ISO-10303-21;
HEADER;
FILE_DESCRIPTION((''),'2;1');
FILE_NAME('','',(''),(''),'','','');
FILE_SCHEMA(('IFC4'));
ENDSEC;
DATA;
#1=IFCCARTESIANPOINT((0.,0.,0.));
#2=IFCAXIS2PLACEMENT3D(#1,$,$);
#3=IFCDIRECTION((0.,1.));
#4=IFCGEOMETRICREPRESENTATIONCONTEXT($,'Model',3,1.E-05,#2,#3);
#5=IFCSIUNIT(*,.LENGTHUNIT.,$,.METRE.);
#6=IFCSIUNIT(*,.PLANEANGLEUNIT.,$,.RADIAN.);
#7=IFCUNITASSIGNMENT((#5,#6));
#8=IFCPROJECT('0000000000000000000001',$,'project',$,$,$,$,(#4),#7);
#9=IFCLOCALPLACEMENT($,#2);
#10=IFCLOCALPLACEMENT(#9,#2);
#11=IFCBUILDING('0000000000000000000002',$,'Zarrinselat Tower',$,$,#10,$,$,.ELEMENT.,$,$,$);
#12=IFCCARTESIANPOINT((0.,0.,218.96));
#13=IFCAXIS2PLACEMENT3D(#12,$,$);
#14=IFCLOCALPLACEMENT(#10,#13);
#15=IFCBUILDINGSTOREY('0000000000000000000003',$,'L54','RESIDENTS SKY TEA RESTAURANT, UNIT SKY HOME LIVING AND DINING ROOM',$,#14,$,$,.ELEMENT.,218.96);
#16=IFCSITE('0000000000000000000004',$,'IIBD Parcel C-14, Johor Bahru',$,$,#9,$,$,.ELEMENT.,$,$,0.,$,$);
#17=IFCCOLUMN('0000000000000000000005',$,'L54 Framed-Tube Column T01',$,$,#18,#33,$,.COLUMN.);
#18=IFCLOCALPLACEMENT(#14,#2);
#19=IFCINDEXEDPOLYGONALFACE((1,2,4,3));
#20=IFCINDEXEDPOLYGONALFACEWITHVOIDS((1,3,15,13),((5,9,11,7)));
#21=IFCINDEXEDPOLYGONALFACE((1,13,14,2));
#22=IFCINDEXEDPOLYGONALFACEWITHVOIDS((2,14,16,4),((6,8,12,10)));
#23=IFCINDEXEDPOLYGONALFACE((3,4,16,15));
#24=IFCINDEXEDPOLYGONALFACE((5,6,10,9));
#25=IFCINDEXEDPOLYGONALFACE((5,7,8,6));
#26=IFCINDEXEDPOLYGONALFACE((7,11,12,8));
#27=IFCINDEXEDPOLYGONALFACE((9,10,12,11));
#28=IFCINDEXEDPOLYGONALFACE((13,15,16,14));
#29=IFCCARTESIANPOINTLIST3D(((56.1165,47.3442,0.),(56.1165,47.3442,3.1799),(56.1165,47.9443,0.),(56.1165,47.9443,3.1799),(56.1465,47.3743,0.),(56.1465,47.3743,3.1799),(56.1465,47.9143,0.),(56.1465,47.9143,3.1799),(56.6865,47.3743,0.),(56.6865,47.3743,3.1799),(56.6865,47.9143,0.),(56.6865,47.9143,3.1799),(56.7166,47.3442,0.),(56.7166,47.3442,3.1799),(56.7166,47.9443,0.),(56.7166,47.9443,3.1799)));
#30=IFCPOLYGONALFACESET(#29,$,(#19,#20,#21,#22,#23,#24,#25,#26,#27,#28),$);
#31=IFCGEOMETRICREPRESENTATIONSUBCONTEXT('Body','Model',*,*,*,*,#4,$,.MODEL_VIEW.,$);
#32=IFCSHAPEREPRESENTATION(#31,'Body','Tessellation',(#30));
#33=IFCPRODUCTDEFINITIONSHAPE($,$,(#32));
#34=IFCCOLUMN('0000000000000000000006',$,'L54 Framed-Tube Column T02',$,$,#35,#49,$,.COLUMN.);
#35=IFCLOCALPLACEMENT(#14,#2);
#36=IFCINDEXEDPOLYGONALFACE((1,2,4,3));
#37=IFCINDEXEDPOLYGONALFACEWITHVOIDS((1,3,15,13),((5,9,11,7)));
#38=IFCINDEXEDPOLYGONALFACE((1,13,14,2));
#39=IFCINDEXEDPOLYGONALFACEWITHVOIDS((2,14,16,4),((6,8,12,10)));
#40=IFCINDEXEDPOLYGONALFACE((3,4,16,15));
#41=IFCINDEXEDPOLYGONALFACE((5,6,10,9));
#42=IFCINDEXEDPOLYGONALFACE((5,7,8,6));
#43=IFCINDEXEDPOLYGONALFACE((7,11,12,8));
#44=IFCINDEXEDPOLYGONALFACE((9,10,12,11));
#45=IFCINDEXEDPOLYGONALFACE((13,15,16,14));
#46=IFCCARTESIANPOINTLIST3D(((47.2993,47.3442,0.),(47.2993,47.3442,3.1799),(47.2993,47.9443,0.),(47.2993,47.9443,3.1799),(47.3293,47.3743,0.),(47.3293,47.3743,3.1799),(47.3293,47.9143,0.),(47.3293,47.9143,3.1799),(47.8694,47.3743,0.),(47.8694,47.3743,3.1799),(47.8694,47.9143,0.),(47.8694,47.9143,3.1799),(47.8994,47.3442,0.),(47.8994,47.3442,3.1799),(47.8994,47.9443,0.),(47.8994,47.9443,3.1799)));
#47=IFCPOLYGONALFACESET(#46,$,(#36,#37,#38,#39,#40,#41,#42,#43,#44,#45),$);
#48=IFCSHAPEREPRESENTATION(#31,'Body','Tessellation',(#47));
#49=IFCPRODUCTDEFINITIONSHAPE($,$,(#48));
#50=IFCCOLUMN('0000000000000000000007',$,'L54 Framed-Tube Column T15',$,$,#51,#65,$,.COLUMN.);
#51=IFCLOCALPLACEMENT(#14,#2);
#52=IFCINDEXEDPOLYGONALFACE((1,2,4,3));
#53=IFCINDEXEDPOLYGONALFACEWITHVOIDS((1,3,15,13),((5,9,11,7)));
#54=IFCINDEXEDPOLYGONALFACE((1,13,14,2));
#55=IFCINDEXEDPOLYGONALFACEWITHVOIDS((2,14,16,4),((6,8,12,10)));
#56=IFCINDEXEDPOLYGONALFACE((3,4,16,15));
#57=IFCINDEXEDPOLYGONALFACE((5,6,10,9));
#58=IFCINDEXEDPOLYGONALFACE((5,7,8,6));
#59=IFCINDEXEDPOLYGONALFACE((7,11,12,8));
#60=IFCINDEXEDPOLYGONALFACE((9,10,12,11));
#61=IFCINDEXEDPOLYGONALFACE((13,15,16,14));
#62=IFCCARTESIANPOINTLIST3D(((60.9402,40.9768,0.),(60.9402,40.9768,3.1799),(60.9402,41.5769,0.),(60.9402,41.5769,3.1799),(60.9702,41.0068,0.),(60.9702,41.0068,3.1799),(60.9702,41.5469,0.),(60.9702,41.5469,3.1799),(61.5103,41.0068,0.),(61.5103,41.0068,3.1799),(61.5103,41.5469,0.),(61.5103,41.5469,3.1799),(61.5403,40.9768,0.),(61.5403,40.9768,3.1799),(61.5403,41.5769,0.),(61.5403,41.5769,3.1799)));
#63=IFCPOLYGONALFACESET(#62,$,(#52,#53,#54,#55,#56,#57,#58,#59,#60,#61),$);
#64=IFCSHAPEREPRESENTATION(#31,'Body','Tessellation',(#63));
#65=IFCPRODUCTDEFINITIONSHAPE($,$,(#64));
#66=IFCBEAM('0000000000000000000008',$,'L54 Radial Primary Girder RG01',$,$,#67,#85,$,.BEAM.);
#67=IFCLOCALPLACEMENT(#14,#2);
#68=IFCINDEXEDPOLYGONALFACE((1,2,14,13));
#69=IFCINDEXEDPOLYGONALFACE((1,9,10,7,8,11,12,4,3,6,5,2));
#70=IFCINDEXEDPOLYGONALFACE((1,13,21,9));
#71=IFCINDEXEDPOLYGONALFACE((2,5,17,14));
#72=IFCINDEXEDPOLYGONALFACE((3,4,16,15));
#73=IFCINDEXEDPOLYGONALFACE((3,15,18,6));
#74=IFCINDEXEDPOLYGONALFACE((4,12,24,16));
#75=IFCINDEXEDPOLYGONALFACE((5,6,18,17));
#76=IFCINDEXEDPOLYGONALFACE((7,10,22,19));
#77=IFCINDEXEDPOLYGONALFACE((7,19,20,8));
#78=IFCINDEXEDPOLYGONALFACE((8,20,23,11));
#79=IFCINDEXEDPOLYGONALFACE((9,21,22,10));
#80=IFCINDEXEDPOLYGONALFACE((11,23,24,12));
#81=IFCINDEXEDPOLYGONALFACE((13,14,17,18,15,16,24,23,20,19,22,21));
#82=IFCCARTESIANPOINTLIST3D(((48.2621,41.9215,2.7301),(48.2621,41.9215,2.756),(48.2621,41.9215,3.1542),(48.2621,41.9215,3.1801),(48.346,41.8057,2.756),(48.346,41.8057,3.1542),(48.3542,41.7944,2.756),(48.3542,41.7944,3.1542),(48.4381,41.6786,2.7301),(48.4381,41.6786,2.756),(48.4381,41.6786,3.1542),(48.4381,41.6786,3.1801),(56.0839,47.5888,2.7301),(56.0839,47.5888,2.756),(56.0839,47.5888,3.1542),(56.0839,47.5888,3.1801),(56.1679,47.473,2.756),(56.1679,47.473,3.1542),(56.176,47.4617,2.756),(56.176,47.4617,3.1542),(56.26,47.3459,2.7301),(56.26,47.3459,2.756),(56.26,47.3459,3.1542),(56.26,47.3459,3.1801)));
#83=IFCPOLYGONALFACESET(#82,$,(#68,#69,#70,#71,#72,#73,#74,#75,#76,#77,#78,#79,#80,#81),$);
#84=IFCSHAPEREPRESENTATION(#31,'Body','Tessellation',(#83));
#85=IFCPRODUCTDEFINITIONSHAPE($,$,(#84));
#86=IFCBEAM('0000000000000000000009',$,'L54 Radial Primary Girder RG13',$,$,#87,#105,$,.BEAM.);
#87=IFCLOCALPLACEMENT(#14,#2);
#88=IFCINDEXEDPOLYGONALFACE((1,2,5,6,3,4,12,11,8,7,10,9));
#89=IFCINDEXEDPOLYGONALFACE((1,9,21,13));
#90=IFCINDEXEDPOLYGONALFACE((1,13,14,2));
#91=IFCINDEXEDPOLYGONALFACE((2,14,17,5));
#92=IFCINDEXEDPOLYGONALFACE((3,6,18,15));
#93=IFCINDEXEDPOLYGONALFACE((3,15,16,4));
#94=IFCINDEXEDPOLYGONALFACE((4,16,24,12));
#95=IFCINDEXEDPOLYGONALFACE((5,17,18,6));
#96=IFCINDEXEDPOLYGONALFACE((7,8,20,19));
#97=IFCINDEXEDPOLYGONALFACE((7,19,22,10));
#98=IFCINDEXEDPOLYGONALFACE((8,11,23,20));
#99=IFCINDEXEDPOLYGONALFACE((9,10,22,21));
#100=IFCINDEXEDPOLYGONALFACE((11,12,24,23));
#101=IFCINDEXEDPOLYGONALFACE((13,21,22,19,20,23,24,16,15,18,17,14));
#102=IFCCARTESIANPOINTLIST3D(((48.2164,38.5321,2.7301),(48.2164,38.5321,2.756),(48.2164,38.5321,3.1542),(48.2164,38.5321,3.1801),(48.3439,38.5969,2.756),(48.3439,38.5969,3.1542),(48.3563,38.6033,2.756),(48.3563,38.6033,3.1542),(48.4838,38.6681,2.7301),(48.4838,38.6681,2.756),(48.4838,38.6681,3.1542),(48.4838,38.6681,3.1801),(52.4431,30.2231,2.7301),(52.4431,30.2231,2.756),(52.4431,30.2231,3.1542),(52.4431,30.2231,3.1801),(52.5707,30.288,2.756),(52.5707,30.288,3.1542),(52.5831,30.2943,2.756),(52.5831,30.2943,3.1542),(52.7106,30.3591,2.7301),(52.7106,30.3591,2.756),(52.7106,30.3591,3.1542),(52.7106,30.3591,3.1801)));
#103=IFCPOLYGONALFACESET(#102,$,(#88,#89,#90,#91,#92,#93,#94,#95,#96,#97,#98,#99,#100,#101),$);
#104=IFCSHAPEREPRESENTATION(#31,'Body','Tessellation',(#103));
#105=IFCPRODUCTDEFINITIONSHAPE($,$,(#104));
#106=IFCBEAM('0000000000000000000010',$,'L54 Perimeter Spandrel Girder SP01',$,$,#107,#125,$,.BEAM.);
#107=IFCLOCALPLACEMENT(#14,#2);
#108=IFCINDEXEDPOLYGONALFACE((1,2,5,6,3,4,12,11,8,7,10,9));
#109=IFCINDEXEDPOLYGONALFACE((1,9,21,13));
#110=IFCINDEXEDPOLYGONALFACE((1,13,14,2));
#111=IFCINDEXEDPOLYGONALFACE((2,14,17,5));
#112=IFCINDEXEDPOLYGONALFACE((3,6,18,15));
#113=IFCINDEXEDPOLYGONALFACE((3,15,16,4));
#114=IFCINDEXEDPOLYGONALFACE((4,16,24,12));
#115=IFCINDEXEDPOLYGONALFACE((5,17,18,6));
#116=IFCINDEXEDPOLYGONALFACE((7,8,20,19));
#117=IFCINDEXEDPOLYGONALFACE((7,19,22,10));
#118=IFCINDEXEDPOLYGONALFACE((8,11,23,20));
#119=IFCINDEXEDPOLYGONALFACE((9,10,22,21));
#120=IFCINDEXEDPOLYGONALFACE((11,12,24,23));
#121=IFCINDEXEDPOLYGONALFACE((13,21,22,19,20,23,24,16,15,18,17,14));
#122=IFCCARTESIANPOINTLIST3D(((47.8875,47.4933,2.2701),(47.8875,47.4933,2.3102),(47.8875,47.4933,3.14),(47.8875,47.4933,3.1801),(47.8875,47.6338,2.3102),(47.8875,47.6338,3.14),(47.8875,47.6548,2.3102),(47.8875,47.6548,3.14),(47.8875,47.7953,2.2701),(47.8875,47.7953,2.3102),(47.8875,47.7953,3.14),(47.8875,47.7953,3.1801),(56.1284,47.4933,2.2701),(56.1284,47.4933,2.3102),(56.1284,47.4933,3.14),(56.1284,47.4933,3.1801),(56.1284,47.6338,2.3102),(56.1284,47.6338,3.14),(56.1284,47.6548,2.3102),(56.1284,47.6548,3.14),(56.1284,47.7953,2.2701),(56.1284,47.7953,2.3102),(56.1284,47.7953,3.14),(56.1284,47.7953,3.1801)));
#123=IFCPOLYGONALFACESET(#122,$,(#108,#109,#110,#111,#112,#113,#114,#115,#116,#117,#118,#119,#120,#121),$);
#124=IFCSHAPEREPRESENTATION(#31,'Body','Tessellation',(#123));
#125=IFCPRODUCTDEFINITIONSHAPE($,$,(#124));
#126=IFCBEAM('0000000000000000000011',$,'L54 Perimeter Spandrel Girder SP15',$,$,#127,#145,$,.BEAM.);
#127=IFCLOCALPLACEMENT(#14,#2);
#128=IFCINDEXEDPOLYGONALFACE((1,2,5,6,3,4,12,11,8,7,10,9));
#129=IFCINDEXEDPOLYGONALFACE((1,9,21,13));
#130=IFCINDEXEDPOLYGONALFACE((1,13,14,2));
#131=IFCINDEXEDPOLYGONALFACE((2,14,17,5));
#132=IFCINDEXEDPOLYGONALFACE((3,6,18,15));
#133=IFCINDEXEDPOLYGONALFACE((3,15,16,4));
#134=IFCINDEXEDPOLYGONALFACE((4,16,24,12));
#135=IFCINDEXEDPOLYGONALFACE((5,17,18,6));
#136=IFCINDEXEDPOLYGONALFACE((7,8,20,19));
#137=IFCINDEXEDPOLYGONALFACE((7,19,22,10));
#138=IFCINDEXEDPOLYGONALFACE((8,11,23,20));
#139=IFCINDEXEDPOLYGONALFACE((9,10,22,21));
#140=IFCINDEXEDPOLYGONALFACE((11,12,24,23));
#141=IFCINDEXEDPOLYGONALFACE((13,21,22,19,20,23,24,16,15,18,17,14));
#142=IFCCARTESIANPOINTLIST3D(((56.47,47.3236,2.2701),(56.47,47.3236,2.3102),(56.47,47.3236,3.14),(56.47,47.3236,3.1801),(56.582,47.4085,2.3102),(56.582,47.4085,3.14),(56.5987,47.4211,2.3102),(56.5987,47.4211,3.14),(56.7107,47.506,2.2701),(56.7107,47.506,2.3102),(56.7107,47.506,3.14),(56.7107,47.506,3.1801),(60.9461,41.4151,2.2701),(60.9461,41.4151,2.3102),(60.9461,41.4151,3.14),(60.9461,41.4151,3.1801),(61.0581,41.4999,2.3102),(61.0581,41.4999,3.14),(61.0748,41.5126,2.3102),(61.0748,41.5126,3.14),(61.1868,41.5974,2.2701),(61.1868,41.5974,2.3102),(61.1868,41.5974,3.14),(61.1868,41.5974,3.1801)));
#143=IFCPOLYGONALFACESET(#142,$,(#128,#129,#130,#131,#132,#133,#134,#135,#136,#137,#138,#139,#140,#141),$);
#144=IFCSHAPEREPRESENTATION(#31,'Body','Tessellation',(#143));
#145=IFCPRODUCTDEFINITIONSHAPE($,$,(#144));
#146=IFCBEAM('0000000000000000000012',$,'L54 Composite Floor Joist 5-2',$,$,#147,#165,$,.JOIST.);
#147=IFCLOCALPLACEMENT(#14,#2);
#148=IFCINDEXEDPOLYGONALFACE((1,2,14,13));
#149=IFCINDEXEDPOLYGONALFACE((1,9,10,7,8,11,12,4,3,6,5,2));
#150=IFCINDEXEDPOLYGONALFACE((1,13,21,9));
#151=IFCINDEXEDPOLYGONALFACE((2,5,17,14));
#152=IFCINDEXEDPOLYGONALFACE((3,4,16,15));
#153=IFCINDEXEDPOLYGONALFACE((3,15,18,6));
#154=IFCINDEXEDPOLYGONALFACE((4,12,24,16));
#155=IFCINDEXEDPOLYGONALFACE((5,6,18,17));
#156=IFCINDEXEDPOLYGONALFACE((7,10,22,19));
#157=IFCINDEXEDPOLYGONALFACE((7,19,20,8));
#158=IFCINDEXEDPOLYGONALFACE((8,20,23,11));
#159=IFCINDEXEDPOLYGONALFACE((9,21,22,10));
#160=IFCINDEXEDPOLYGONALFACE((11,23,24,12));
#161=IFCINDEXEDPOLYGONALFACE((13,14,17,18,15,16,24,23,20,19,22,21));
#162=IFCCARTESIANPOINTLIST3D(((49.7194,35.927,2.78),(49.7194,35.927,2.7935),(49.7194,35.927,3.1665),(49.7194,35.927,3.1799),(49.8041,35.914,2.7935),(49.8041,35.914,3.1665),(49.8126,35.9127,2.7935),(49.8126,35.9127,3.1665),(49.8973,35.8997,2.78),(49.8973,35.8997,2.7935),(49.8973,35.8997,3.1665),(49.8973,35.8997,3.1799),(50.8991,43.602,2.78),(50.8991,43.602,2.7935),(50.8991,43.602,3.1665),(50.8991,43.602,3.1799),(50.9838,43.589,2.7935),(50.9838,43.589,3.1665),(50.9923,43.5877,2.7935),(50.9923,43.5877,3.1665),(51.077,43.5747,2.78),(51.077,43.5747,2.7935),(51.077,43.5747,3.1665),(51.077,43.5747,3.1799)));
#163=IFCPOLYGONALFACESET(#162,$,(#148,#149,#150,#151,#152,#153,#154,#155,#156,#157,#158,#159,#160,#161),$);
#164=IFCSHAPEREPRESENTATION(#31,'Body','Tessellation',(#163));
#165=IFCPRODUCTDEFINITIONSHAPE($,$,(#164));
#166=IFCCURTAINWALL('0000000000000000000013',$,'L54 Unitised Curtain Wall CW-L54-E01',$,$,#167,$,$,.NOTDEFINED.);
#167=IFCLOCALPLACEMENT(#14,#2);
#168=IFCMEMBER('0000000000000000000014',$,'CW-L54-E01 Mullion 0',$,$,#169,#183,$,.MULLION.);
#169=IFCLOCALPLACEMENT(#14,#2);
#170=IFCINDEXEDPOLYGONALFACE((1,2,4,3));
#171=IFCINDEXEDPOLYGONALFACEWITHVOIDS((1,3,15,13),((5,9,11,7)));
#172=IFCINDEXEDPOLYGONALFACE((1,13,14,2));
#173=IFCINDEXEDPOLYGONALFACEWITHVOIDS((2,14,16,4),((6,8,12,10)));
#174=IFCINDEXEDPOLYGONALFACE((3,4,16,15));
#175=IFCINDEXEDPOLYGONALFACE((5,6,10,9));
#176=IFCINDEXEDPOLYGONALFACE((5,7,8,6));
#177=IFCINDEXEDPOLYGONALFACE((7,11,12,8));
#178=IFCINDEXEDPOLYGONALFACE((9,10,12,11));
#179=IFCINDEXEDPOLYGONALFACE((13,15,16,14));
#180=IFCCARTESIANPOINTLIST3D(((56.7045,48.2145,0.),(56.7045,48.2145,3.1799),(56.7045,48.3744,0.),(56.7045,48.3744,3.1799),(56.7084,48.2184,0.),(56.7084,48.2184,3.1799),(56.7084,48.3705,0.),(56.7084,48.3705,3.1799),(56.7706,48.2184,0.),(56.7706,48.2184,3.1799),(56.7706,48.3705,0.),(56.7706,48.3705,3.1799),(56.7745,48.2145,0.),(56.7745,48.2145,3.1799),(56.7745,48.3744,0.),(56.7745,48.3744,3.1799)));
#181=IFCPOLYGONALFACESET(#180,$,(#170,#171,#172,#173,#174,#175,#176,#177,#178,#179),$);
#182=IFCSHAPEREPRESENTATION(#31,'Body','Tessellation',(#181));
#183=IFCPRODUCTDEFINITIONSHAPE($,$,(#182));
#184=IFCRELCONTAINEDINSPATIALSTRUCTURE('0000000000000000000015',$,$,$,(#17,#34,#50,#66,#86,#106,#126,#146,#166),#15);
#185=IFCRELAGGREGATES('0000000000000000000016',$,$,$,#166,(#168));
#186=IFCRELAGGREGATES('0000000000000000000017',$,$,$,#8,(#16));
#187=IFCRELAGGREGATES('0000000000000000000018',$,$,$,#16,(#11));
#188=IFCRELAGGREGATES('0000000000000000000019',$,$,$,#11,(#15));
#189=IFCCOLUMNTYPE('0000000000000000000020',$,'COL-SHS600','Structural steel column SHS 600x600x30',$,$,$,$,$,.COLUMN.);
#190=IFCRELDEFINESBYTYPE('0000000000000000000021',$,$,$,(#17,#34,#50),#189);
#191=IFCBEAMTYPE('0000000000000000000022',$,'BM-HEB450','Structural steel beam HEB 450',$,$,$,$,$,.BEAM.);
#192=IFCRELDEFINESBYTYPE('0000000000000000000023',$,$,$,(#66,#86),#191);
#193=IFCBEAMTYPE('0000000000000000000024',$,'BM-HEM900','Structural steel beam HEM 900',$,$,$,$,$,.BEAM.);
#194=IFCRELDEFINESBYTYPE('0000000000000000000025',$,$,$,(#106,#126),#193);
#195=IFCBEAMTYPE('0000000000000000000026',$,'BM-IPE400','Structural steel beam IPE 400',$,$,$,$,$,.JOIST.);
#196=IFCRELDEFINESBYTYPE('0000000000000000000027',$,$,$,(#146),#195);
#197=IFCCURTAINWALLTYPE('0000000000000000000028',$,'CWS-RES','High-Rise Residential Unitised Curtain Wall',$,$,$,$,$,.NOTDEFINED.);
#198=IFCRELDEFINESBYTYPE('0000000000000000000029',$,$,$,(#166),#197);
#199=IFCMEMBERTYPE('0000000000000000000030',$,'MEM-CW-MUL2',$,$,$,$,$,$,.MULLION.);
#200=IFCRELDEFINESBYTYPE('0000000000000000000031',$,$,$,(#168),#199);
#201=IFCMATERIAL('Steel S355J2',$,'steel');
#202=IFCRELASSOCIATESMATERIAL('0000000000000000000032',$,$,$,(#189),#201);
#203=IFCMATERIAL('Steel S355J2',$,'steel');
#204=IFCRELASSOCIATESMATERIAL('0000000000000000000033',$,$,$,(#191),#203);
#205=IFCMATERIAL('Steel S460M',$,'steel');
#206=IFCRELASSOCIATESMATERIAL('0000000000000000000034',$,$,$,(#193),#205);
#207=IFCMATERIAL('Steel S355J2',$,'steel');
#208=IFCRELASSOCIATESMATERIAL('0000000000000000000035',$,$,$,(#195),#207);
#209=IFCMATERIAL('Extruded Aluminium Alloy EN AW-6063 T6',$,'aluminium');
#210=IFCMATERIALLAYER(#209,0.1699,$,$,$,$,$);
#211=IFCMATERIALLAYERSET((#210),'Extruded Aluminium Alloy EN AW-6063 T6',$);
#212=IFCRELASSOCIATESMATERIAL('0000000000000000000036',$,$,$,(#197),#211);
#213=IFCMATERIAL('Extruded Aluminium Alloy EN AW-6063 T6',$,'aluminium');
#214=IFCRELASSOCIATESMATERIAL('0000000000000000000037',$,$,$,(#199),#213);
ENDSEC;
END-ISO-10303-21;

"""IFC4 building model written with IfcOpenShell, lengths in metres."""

from ifc_helpers import new_model, si_unit, direction, frame, origin, origin_2d, place, context, subcontext, project, spatial, hollow_rectangle, i_section, extrude, material, layer, layer_set, material_profile, profile_set, type_object, element, aggregate, save


model = new_model("IFC4")

# Units and contexts
model_context = context("Model", 3, precision=1e-05, world=origin(), true_north=direction((0.0, 1.0)))
body_context = subcontext(model_context, "Body", "Model", "MODEL_VIEW")
ifc_project = project(units=[si_unit("LENGTHUNIT", "METRE"), si_unit("PLANEANGLEUNIT", "RADIAN")], contexts=[model_context])

# Site, building, storey
site_placement = place(None, origin())
site = spatial("IfcSite", under=ifc_project, at=site_placement, Name="IIBD Parcel C-14, Johor Bahru", CompositionType="ELEMENT", RefElevation=0.0)
building_placement = place(site_placement, origin())
building = spatial("IfcBuilding", under=site, at=building_placement, Name="Zarrinselat Tower", CompositionType="ELEMENT")
storey_placement = place(building_placement, frame((0.0, 0.0, 218.96)))
storey = spatial("IfcBuildingStorey", under=building, at=storey_placement, Name="L54", Description="RESIDENTS SKY TEA RESTAURANT, UNIT SKY HOME LIVING AND DINING ROOM", CompositionType="ELEMENT", Elevation=218.96)

# Columns
ifc_material_1 = material(Name="Steel S355J2", Category="steel")
ifc_material_profile_1 = material_profile(ifc_material_1, hollow_rectangle(XDim=0.6001, YDim=0.6001, WallThickness=0.03, at=origin_2d()), Name="SHS 600x600x30")
ifc_profile_set_1 = profile_set([ifc_material_profile_1], Name="Steel S355J2")
column_type = type_object("IfcColumnType", Name="COL-SHS600", Description="Structural steel column SHS 600x600x30", PredefinedType="COLUMN", material=ifc_profile_set_1)
for number, where, z_axis, x_axis, name in (
    (1, (56.4165, 47.6443, 0.0), (0.0, 0.0, 1.0), (1.0, 0.0, 0.0), "L54 Framed-Tube Column T01"),
    (2, (47.5994, 47.6443, 0.0), (0.0, 0.0, 1.0), (1.0, 0.0, 0.0), "L54 Framed-Tube Column T02"),
    (3, (61.2402, 41.2769, 0.0), (0.0, 0.0, 1.0), (1.0, 0.0, 0.0), "L54 Framed-Tube Column T15"),
):
    element("IfcColumn", number, at=place(storey_placement, frame(where, z_axis=z_axis, x_axis=x_axis)), inside=storey, type_object=column_type, Name=name, PredefinedType="COLUMN", context=body_context, shape_type="SweptSolid", body=[
        extrude(hollow_rectangle(XDim=0.6001, YDim=0.6001, WallThickness=0.03, at=origin_2d()), origin(), (0.0, 0.0, 1.0), 3.1799),
    ])

# Beams
ifc_material_2 = material(Name="Steel S355J2", Category="steel")
ifc_material_profile_2 = material_profile(ifc_material_2, i_section(OverallWidth=0.3, OverallDepth=0.45, WebThickness=0.0139, FlangeThickness=0.0259, at=origin_2d()), Name="HEB 450")
ifc_profile_set_2 = profile_set([ifc_material_profile_2], Name="Steel S355J2")
beam_type_1 = type_object("IfcBeamType", Name="BM-HEB450", Description="Structural steel beam HEB 450", PredefinedType="BEAM", material=ifc_profile_set_2)
beam_1_placement = place(storey_placement, frame((48.3501, 41.8, 2.9551), z_axis=(0.809785, 0.586726, 0.0), x_axis=(-0.586726, 0.809785, 0.0)))
element("IfcBeam", 4, at=beam_1_placement, inside=storey, type_object=beam_type_1, Name="L54 Radial Primary Girder RG01", PredefinedType="BEAM", context=body_context, shape_type="SweptSolid", body=[
    extrude(i_section(OverallWidth=0.3, OverallDepth=0.45, WebThickness=0.0139, FlangeThickness=0.0259, at=origin_2d()), origin(), (0.0, 0.0, 1.0), 9.6592),
])
beam_2_placement = place(storey_placement, frame((48.3501, 38.6001, 2.9551), z_axis=(0.453404, -0.891305, 0.0), x_axis=(0.891305, 0.453404, 0.0)))
element("IfcBeam", 5, at=beam_2_placement, inside=storey, type_object=beam_type_1, Name="L54 Radial Primary Girder RG13", PredefinedType="BEAM", context=body_context, shape_type="SweptSolid", body=[
    extrude(i_section(OverallWidth=0.3, OverallDepth=0.45, WebThickness=0.0139, FlangeThickness=0.0259, at=origin_2d()), origin(), (0.0, 0.0, 1.0), 9.3223),
])
ifc_material_3 = material(Name="Steel S460M", Category="steel")
ifc_material_profile_3 = material_profile(ifc_material_3, i_section(OverallWidth=0.302, OverallDepth=0.9099, WebThickness=0.021, FlangeThickness=0.04, at=origin_2d()), Name="HEM 900")
ifc_profile_set_3 = profile_set([ifc_material_profile_3], Name="Steel S460M")
beam_type_2 = type_object("IfcBeamType", Name="BM-HEM900", Description="Structural steel beam HEM 900", PredefinedType="BEAM", material=ifc_profile_set_3)
beam_3_placement = place(storey_placement, frame((47.8875, 47.6443, 2.7251), z_axis=(1.0, 0.0, 0.0), x_axis=(0.0, 1.0, 0.0)))
element("IfcBeam", 6, at=beam_3_placement, inside=storey, type_object=beam_type_2, Name="L54 Perimeter Spandrel Girder SP01", PredefinedType="BEAM", context=body_context, shape_type="SweptSolid", body=[
    extrude(i_section(OverallWidth=0.302, OverallDepth=0.9099, WebThickness=0.021, FlangeThickness=0.04, at=origin_2d()), origin(), (0.0, 0.0, 1.0), 8.241),
])
beam_4_placement = place(storey_placement, frame((56.5903, 47.4148, 2.7251), z_axis=(0.603856, -0.797094, 0.0), x_axis=(0.797094, 0.603856, 0.0)))
element("IfcBeam", 7, at=beam_4_placement, inside=storey, type_object=beam_type_2, Name="L54 Perimeter Spandrel Girder SP15", PredefinedType="BEAM", context=body_context, shape_type="SweptSolid", body=[
    extrude(i_section(OverallWidth=0.302, OverallDepth=0.9099, WebThickness=0.021, FlangeThickness=0.04, at=origin_2d()), origin(), (0.0, 0.0, 1.0), 7.4126),
])
ifc_material_4 = material(Name="Steel S355J2", Category="steel")
ifc_material_profile_4 = material_profile(ifc_material_4, i_section(OverallWidth=0.1799, OverallDepth=0.3999, WebThickness=0.0085, FlangeThickness=0.0134, at=origin_2d()), Name="IPE 400")
ifc_profile_set_4 = profile_set([ifc_material_profile_4], Name="Steel S355J2")
beam_type_3 = type_object("IfcBeamType", Name="BM-IPE400", Description="Structural steel beam IPE 400", PredefinedType="JOIST", material=ifc_profile_set_4)
beam_5_placement = place(storey_placement, frame((49.8083, 35.9133, 2.98), z_axis=(0.15192, 0.988393, 0.0), x_axis=(-0.988393, 0.15192, 0.0)))
element("IfcBeam", 8, at=beam_5_placement, inside=storey, type_object=beam_type_3, Name="L54 Composite Floor Joist 5-2", PredefinedType="JOIST", context=body_context, shape_type="SweptSolid", body=[
    extrude(i_section(OverallWidth=0.1799, OverallDepth=0.3999, WebThickness=0.0085, FlangeThickness=0.0134, at=origin_2d()), origin(), (0.0, 0.0, 1.0), 7.7651),
])

# Curtain wall, member
ifc_material_5 = material(Name="Extruded Aluminium Alloy EN AW-6063 T6", Category="aluminium")
ifc_layer_1 = layer(ifc_material_5, 0.1699)
ifc_layer_set_1 = layer_set([ifc_layer_1], Name="Extruded Aluminium Alloy EN AW-6063 T6")
curtain_wall_type = type_object("IfcCurtainWallType", Name="CWS-RES", Description="High-Rise Residential Unitised Curtain Wall", PredefinedType="NOTDEFINED", material=ifc_layer_set_1)
curtain_wall_1_placement = place(storey_placement, origin())
curtain_wall_1 = element("IfcCurtainWall", 9, at=curtain_wall_1_placement, inside=storey, type_object=curtain_wall_type, Name="L54 Unitised Curtain Wall CW-L54-E01", PredefinedType="NOTDEFINED")
ifc_material_6 = material(Name="Extruded Aluminium Alloy EN AW-6063 T6", Category="aluminium")
ifc_material_profile_5 = material_profile(ifc_material_6, hollow_rectangle(XDim=0.0701, YDim=0.1599, WallThickness=0.0039, at=origin_2d()), Name="RHS 160x70x4")
ifc_profile_set_5 = profile_set([ifc_material_profile_5], Name="Extruded Aluminium Alloy EN AW-6063 T6")
member_type_1 = type_object("IfcMemberType", Name="MEM-CW-MUL2", PredefinedType="MULLION", material=ifc_profile_set_5)
member_1_placement = place(storey_placement, frame((56.7395, 48.2944, 0.0), z_axis=(0.0, 0.0, 1.0), x_axis=(-1.0, 0.0, 0.0)))
member_1 = element("IfcMember", 10, at=member_1_placement, type_object=member_type_1, Name="CW-L54-E01 Mullion 0", PredefinedType="MULLION", context=body_context, shape_type="SweptSolid", body=[
    extrude(hollow_rectangle(XDim=0.0701, YDim=0.1599, WallThickness=0.0039, at=origin_2d()), origin(), (0.0, 0.0, 1.0), 3.1799),
])

aggregate(curtain_wall_1, [member_1])

save(model, "model.ifc")
